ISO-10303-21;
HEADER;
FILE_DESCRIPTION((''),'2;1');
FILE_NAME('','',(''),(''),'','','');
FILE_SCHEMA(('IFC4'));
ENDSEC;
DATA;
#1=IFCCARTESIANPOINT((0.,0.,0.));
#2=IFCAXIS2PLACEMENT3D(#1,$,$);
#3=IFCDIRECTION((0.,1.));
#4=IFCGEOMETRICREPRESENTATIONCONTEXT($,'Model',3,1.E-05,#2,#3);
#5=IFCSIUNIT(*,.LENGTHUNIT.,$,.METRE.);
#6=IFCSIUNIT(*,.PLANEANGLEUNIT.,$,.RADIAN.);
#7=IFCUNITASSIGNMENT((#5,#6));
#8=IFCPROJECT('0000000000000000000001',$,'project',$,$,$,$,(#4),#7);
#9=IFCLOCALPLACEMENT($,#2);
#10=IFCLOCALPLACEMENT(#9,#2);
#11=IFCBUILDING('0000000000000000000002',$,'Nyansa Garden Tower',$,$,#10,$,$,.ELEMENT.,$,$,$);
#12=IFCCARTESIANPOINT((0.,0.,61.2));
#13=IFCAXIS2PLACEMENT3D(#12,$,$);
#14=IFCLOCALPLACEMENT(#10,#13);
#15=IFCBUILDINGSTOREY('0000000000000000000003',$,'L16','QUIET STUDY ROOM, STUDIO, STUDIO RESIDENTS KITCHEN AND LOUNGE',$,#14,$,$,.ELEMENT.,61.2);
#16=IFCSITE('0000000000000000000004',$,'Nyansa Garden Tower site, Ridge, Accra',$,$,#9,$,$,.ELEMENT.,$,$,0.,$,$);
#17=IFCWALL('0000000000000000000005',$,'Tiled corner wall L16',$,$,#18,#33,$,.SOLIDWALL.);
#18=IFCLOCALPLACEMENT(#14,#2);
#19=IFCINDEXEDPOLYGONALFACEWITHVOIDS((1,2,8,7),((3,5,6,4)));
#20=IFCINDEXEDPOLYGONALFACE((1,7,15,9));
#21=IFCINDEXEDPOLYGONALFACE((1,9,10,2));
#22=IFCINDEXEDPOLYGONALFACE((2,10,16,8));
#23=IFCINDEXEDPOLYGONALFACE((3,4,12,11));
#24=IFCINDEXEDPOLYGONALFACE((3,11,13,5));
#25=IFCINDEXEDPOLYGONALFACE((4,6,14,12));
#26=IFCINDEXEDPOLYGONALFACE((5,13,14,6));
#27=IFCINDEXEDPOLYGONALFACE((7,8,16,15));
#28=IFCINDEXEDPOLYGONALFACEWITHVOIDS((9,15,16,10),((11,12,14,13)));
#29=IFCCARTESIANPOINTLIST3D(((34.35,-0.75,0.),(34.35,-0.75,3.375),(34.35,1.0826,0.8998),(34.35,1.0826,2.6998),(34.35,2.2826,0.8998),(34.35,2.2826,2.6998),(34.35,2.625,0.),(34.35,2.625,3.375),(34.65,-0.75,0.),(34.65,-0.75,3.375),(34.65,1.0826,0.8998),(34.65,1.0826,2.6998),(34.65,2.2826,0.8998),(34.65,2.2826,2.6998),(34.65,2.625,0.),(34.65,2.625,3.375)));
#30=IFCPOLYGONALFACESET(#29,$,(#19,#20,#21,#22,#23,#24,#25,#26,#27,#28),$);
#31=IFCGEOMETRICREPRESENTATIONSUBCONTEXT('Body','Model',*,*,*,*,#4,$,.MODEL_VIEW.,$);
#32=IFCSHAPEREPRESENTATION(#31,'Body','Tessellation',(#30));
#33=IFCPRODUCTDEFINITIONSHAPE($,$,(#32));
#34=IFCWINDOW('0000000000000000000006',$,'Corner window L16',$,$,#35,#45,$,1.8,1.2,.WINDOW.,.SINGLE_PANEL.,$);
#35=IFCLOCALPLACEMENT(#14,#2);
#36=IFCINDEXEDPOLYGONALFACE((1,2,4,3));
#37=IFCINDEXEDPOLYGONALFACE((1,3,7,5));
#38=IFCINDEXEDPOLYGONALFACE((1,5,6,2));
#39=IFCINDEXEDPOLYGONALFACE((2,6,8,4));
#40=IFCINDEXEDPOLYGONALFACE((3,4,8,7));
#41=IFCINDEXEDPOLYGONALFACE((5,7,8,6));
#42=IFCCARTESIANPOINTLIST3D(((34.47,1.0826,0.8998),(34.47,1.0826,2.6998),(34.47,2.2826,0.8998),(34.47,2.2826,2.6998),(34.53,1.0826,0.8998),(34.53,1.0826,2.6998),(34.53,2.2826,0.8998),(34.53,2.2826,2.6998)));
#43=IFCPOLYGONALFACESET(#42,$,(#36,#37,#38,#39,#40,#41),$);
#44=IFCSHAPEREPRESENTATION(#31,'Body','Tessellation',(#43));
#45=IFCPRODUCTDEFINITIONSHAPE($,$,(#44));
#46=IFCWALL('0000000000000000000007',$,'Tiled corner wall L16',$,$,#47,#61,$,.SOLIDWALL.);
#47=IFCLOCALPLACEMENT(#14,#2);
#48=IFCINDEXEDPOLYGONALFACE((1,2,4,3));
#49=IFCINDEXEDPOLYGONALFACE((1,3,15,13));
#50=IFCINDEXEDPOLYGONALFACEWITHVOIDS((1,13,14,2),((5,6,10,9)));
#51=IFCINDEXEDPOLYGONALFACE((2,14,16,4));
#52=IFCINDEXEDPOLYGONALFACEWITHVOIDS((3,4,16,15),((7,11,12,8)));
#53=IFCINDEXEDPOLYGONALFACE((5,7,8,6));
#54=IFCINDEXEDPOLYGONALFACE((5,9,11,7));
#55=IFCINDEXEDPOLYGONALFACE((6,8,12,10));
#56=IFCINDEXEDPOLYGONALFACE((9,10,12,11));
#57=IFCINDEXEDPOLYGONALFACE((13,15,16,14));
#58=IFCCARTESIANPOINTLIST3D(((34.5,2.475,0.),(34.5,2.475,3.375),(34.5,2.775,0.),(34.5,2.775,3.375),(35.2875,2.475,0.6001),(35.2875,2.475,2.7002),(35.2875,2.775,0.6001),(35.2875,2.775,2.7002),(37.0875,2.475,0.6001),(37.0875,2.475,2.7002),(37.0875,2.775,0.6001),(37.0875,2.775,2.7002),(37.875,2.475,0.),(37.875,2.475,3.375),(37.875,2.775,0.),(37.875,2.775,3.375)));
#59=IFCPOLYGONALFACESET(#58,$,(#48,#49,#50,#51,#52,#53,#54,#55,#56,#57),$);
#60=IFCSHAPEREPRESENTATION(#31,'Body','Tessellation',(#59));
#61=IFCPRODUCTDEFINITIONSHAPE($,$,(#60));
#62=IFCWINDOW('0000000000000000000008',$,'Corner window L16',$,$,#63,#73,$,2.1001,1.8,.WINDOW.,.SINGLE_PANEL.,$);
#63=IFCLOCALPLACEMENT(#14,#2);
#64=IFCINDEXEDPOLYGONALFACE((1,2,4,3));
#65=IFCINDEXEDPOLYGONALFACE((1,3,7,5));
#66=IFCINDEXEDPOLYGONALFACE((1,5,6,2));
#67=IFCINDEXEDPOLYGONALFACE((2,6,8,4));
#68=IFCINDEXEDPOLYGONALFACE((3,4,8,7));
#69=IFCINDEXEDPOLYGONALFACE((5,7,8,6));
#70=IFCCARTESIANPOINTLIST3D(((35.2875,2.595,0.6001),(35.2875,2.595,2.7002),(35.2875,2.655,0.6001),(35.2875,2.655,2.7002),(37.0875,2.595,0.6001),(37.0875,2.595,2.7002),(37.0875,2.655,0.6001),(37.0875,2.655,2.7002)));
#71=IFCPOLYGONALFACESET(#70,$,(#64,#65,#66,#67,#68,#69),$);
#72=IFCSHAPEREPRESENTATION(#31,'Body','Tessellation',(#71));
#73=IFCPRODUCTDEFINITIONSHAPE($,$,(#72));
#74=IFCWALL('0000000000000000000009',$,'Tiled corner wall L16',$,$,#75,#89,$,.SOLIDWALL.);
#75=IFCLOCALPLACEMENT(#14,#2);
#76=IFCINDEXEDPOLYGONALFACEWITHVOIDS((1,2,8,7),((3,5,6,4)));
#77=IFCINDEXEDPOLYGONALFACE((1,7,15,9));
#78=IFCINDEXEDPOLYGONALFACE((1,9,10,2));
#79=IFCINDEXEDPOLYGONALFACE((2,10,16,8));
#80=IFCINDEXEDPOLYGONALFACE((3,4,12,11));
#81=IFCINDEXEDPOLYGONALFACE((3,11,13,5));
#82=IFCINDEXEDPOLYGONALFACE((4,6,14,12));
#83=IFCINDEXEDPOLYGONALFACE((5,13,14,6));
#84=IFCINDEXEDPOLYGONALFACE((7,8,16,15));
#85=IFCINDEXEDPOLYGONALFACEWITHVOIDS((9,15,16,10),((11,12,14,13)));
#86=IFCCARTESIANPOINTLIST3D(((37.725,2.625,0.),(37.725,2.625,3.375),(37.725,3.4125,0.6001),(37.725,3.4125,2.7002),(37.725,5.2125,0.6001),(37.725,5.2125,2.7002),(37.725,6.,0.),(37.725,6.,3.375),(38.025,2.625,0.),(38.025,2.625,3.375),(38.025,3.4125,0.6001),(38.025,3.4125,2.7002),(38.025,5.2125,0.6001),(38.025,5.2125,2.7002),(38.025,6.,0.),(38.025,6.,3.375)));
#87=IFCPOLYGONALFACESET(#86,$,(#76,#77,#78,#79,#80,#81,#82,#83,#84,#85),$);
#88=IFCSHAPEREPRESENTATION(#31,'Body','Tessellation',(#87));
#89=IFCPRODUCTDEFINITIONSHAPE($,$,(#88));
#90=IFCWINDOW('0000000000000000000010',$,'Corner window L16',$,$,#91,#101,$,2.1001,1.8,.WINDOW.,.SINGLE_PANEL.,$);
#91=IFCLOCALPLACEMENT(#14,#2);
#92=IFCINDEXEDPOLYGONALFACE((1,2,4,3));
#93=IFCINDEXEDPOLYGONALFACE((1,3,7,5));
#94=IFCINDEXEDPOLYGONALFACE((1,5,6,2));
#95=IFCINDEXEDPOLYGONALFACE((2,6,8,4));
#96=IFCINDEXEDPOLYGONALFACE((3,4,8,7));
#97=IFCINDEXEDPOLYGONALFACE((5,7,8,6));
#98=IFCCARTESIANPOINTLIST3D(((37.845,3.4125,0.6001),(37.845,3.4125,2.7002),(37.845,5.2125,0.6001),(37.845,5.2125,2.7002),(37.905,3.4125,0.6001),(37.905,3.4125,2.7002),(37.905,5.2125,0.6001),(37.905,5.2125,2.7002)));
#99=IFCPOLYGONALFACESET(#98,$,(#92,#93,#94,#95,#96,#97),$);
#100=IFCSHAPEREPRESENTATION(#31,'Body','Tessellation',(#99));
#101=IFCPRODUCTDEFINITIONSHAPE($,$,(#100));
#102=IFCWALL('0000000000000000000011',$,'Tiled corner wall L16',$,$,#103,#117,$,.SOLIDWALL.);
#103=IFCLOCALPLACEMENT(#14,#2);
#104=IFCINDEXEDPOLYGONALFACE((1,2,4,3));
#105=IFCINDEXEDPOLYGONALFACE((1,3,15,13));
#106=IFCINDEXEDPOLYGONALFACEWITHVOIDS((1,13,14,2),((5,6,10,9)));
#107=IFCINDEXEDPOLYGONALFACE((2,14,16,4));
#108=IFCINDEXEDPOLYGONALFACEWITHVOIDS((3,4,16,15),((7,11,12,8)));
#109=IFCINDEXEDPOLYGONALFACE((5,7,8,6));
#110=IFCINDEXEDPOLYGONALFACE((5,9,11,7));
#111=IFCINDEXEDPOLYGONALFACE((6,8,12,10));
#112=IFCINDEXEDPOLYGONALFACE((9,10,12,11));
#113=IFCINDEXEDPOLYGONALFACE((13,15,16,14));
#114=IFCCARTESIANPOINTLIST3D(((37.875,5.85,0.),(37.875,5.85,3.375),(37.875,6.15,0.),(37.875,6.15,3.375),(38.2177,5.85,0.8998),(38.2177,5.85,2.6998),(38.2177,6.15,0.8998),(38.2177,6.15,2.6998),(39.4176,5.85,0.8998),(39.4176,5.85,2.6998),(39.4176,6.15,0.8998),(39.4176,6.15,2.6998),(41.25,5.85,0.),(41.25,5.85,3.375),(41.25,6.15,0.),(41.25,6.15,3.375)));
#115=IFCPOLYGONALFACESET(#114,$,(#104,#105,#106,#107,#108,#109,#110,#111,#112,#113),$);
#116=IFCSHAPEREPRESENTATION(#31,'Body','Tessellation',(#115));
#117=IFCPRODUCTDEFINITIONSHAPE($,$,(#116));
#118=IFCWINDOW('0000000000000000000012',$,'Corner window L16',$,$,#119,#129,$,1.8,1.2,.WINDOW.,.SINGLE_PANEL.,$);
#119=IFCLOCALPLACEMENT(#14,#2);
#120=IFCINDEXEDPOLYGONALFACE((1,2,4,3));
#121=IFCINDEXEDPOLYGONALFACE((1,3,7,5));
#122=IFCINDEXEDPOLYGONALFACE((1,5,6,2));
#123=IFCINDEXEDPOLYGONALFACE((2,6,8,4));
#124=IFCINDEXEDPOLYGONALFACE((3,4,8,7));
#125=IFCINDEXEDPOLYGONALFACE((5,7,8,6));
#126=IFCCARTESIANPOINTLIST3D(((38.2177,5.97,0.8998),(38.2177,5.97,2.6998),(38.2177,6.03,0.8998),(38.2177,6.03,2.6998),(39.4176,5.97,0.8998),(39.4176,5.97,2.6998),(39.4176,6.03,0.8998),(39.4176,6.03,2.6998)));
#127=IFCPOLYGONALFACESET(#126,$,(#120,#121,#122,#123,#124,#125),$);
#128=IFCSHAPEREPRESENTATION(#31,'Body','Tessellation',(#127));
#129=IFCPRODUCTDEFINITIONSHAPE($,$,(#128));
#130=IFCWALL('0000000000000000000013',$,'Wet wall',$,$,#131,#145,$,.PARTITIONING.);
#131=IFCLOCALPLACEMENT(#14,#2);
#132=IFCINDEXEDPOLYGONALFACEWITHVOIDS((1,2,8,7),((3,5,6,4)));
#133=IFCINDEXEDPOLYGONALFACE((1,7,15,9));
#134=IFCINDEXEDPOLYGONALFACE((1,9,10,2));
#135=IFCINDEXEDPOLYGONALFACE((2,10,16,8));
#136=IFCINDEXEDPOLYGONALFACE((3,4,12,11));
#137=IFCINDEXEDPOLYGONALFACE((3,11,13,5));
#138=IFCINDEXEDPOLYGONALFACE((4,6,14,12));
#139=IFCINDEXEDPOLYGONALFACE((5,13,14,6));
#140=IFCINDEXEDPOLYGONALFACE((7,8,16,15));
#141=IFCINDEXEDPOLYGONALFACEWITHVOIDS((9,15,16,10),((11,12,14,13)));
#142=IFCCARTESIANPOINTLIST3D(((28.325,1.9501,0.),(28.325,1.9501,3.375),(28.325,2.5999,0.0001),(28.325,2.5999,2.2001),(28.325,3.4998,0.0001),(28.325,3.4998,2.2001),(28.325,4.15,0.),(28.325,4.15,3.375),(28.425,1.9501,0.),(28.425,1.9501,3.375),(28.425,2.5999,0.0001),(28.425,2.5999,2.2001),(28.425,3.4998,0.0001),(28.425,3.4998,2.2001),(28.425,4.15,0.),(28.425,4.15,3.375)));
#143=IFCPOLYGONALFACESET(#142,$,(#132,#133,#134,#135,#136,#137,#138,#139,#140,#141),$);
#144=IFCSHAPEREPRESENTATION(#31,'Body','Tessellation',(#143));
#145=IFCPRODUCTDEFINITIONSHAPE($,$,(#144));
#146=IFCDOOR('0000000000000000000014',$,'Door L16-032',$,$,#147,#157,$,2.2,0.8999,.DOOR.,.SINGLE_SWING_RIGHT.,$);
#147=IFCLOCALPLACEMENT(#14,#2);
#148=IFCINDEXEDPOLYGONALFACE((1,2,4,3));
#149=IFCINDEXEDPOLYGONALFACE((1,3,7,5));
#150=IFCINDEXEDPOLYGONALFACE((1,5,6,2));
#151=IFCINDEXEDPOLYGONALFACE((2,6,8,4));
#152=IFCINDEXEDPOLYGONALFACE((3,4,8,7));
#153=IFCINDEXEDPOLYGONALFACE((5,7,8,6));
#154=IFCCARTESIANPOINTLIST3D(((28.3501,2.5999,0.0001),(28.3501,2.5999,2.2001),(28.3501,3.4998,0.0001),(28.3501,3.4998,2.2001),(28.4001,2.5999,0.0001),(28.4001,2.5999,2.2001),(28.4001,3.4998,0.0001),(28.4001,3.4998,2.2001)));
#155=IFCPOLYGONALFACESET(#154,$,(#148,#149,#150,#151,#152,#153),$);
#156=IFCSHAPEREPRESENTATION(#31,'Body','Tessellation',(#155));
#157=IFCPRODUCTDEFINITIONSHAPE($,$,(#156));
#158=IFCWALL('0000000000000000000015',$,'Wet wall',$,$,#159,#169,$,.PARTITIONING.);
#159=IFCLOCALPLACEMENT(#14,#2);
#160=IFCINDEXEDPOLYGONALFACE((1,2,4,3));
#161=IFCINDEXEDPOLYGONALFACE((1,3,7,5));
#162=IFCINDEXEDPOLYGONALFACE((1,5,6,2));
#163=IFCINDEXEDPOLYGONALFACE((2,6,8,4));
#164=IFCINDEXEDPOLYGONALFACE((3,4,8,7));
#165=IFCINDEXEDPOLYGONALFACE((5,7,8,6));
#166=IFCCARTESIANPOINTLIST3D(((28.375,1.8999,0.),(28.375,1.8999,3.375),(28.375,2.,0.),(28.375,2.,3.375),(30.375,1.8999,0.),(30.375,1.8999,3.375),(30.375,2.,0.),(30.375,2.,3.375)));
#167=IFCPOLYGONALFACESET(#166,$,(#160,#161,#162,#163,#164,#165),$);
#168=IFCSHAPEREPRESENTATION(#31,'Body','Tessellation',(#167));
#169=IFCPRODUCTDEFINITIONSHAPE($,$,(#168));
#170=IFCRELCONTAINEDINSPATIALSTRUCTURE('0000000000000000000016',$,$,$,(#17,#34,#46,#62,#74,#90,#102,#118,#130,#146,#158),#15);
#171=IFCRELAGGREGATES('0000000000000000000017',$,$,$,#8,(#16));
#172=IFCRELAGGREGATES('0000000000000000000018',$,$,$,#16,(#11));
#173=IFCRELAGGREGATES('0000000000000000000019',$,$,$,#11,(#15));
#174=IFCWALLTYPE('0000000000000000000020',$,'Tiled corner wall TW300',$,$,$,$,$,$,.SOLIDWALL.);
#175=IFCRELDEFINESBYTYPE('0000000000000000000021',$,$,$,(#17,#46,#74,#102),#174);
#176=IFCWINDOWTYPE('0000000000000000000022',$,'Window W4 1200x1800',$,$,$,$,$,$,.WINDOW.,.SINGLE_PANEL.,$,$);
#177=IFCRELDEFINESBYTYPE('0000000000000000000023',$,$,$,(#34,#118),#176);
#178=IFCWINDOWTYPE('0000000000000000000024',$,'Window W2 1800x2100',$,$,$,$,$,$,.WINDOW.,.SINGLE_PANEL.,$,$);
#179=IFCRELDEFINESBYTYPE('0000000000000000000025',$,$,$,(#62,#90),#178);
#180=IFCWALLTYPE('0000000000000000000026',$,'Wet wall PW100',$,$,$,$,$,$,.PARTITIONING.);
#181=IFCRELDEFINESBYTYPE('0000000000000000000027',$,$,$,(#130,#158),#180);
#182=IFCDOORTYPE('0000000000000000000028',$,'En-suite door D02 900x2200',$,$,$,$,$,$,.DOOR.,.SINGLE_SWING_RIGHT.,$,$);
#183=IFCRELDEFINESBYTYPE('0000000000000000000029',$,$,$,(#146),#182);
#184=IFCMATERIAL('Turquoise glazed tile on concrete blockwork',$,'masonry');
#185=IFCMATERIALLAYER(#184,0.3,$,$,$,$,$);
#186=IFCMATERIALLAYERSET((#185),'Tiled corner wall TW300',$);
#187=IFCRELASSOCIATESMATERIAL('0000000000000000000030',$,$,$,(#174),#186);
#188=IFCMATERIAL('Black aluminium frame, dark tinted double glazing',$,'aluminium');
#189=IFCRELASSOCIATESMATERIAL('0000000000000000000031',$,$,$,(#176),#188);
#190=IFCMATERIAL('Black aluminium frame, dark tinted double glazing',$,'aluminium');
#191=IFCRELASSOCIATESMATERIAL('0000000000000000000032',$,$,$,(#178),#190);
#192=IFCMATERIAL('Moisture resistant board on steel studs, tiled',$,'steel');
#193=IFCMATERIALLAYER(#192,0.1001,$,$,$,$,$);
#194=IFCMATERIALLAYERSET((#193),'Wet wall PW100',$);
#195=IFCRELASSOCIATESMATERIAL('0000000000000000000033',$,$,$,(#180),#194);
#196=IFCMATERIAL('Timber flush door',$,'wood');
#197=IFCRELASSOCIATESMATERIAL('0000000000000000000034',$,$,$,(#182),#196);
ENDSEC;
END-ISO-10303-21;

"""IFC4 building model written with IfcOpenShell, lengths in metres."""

from ifc_helpers import new_model, si_unit, direction, frame, frame_2d, origin, place, context, subcontext, project, spatial, rectangle, extrude, material, layer, layer_set, type_object, element, fill, save


model = new_model("IFC4")

# Units and contexts
model_context = context("Model", 3, precision=1e-05, world=origin(), true_north=direction((0.0, 1.0)))
body_context = subcontext(model_context, "Body", "Model", "MODEL_VIEW")
ifc_project = project(units=[si_unit("LENGTHUNIT", "METRE"), si_unit("PLANEANGLEUNIT", "RADIAN")], contexts=[model_context])

# Site, building, storey
site_placement = place(None, origin())
site = spatial("IfcSite", under=ifc_project, at=site_placement, Name="Nyansa Garden Tower site, Ridge, Accra", CompositionType="ELEMENT", RefElevation=0.0)
building_placement = place(site_placement, origin())
building = spatial("IfcBuilding", under=site, at=building_placement, Name="Nyansa Garden Tower", CompositionType="ELEMENT")
storey_placement = place(building_placement, frame((0.0, 0.0, 61.2)))
storey = spatial("IfcBuildingStorey", under=building, at=storey_placement, Name="L16", Description="QUIET STUDY ROOM, STUDIO, STUDIO RESIDENTS KITCHEN AND LOUNGE", CompositionType="ELEMENT", Elevation=61.2)

# Walls, openings, windows
ifc_material_1 = material(Name="Turquoise glazed tile on concrete blockwork", Category="masonry")
ifc_layer_1 = layer(ifc_material_1, 0.3)
ifc_layer_set_1 = layer_set([ifc_layer_1], Name="Tiled corner wall TW300")
wall_type_1 = type_object("IfcWallType", Name="Tiled corner wall TW300", PredefinedType="SOLIDWALL", material=ifc_layer_set_1)
wall_1_placement = place(storey_placement, frame((34.5, -0.75, 0.0), z_axis=(0.0, 0.0, 1.0), x_axis=(0.0, 1.0, 0.0)))
wall_1 = element("IfcWall", 1, at=wall_1_placement, inside=storey, type_object=wall_type_1, Name="Tiled corner wall L16", PredefinedType="SOLIDWALL", context=body_context, shape_type="SweptSolid", body=[
    extrude(rectangle(XDim=3.375, YDim=0.3, at=frame_2d((1.6875, 0.0))), origin(), (0.0, 0.0, 1.0), 3.375),
])
opening_1_placement = place(wall_1_placement, frame((1.8325, 0.0, 0.8999)))
opening_1 = element("IfcOpeningElement", 2, at=opening_1_placement, cuts=wall_1, PredefinedType="OPENING", context=body_context, shape_type="SweptSolid", body=[
    extrude(rectangle(XDim=1.2, YDim=1.8, at=frame_2d((0.6001, 0.8999))), frame((0.0, 0.1599, 0.0), z_axis=(0.0, -1.0, 0.0), x_axis=(1.0, 0.0, 0.0)), (0.0, 0.0, 1.0), 0.3201),
])
ifc_material_2 = material(Name="Black aluminium frame, dark tinted double glazing", Category="aluminium")
window_type_1 = type_object("IfcWindowType", Name="Window W4 1200x1800", PartitioningType="SINGLE_PANEL", PredefinedType="WINDOW", material=ifc_material_2)
window_1_placement = place(opening_1_placement, origin())
window_1 = element("IfcWindow", 3, at=window_1_placement, inside=storey, type_object=window_type_1, Name="Corner window L16", OverallHeight=1.8, OverallWidth=1.2, PartitioningType="SINGLE_PANEL", PredefinedType="WINDOW", context=body_context, shape_type="SweptSolid", body=[
    extrude(rectangle(XDim=1.2, YDim=1.8, at=frame_2d((0.6001, 0.8999))), frame((0.0, 0.03, 0.0), z_axis=(0.0, -1.0, 0.0), x_axis=(1.0, 0.0, 0.0)), (0.0, 0.0, 1.0), 0.0601),
])
fill(opening_1, window_1)
wall_2_placement = place(storey_placement, frame((34.5, 2.625, 0.0), z_axis=(0.0, 0.0, 1.0), x_axis=(1.0, 0.0, 0.0)))
wall_2 = element("IfcWall", 4, at=wall_2_placement, inside=storey, type_object=wall_type_1, Name="Tiled corner wall L16", PredefinedType="SOLIDWALL", context=body_context, shape_type="SweptSolid", body=[
    extrude(rectangle(XDim=3.375, YDim=0.3, at=frame_2d((1.6875, 0.0))), origin(), (0.0, 0.0, 1.0), 3.375),
])
opening_2_placement = place(wall_2_placement, frame((0.7876, 0.0, 0.6001)))
opening_2 = element("IfcOpeningElement", 5, at=opening_2_placement, cuts=wall_2, PredefinedType="OPENING", context=body_context, shape_type="SweptSolid", body=[
    extrude(rectangle(XDim=1.8, YDim=2.1001, at=frame_2d((0.8999, 1.05))), frame((0.0, 0.1599, 0.0), z_axis=(0.0, -1.0, 0.0), x_axis=(1.0, 0.0, 0.0)), (0.0, 0.0, 1.0), 0.3201),
])
ifc_material_3 = material(Name="Black aluminium frame, dark tinted double glazing", Category="aluminium")
window_type_2 = type_object("IfcWindowType", Name="Window W2 1800x2100", PartitioningType="SINGLE_PANEL", PredefinedType="WINDOW", material=ifc_material_3)
window_2_placement = place(opening_2_placement, origin())
window_2 = element("IfcWindow", 6, at=window_2_placement, inside=storey, type_object=window_type_2, Name="Corner window L16", OverallHeight=2.1001, OverallWidth=1.8, PartitioningType="SINGLE_PANEL", PredefinedType="WINDOW", context=body_context, shape_type="SweptSolid", body=[
    extrude(rectangle(XDim=1.8, YDim=2.1001, at=frame_2d((0.8999, 1.05))), frame((0.0, 0.03, 0.0), z_axis=(0.0, -1.0, 0.0), x_axis=(1.0, 0.0, 0.0)), (0.0, 0.0, 1.0), 0.0601),
])
fill(opening_2, window_2)
wall_3_placement = place(storey_placement, frame((37.875, 2.625, 0.0), z_axis=(0.0, 0.0, 1.0), x_axis=(0.0, 1.0, 0.0)))
wall_3 = element("IfcWall", 7, at=wall_3_placement, inside=storey, type_object=wall_type_1, Name="Tiled corner wall L16", PredefinedType="SOLIDWALL", context=body_context, shape_type="SweptSolid", body=[
    extrude(rectangle(XDim=3.375, YDim=0.3, at=frame_2d((1.6875, 0.0))), origin(), (0.0, 0.0, 1.0), 3.375),
])
opening_3_placement = place(wall_3_placement, frame((0.7876, 0.0, 0.6001)))
opening_3 = element("IfcOpeningElement", 8, at=opening_3_placement, cuts=wall_3, PredefinedType="OPENING", context=body_context, shape_type="SweptSolid", body=[
    extrude(rectangle(XDim=1.8, YDim=2.1001, at=frame_2d((0.8999, 1.05))), frame((0.0, 0.1599, 0.0), z_axis=(0.0, -1.0, 0.0), x_axis=(1.0, 0.0, 0.0)), (0.0, 0.0, 1.0), 0.3201),
])
window_3_placement = place(opening_3_placement, origin())
window_3 = element("IfcWindow", 9, at=window_3_placement, inside=storey, type_object=window_type_2, Name="Corner window L16", OverallHeight=2.1001, OverallWidth=1.8, PartitioningType="SINGLE_PANEL", PredefinedType="WINDOW", context=body_context, shape_type="SweptSolid", body=[
    extrude(rectangle(XDim=1.8, YDim=2.1001, at=frame_2d((0.8999, 1.05))), frame((0.0, 0.03, 0.0), z_axis=(0.0, -1.0, 0.0), x_axis=(1.0, 0.0, 0.0)), (0.0, 0.0, 1.0), 0.0601),
])
fill(opening_3, window_3)
wall_4_placement = place(storey_placement, frame((37.875, 6.0, 0.0), z_axis=(0.0, 0.0, 1.0), x_axis=(1.0, 0.0, 0.0)))
wall_4 = element("IfcWall", 10, at=wall_4_placement, inside=storey, type_object=wall_type_1, Name="Tiled corner wall L16", PredefinedType="SOLIDWALL", context=body_context, shape_type="SweptSolid", body=[
    extrude(rectangle(XDim=3.375, YDim=0.3, at=frame_2d((1.6875, 0.0))), origin(), (0.0, 0.0, 1.0), 3.375),
])
opening_4_placement = place(wall_4_placement, frame((0.3425, 0.0, 0.8999)))
opening_4 = element("IfcOpeningElement", 11, at=opening_4_placement, cuts=wall_4, PredefinedType="OPENING", context=body_context, shape_type="SweptSolid", body=[
    extrude(rectangle(XDim=1.2, YDim=1.8, at=frame_2d((0.6001, 0.8999))), frame((0.0, 0.1599, 0.0), z_axis=(0.0, -1.0, 0.0), x_axis=(1.0, 0.0, 0.0)), (0.0, 0.0, 1.0), 0.3201),
])
window_4_placement = place(opening_4_placement, origin())
window_4 = element("IfcWindow", 12, at=window_4_placement, inside=storey, type_object=window_type_1, Name="Corner window L16", OverallHeight=1.8, OverallWidth=1.2, PartitioningType="SINGLE_PANEL", PredefinedType="WINDOW", context=body_context, shape_type="SweptSolid", body=[
    extrude(rectangle(XDim=1.2, YDim=1.8, at=frame_2d((0.6001, 0.8999))), frame((0.0, 0.03, 0.0), z_axis=(0.0, -1.0, 0.0), x_axis=(1.0, 0.0, 0.0)), (0.0, 0.0, 1.0), 0.0601),
])
fill(opening_4, window_4)

# Wall, opening, door
ifc_material_4 = material(Name="Moisture resistant board on steel studs, tiled", Category="steel")
ifc_layer_2 = layer(ifc_material_4, 0.1001)
ifc_layer_set_2 = layer_set([ifc_layer_2], Name="Wet wall PW100")
wall_type_2 = type_object("IfcWallType", Name="Wet wall PW100", PredefinedType="PARTITIONING", material=ifc_layer_set_2)
wall_5_placement = place(storey_placement, frame((28.375, 1.95, 0.0), z_axis=(0.0, 0.0, 1.0), x_axis=(0.0, 1.0, 0.0)))
wall_5 = element("IfcWall", 13, at=wall_5_placement, inside=storey, type_object=wall_type_2, Name="Wet wall", PredefinedType="PARTITIONING", context=body_context, shape_type="SweptSolid", body=[
    extrude(rectangle(XDim=2.2, YDim=0.1001, at=frame_2d((1.1001, 0.0))), origin(), (0.0, 0.0, 1.0), 3.375),
])
opening_5_placement = place(wall_5_placement, frame((0.6499, 0.0, 0.0)))
opening_5 = element("IfcOpeningElement", 14, at=opening_5_placement, cuts=wall_5, PredefinedType="OPENING", context=body_context, shape_type="SweptSolid", body=[
    extrude(rectangle(XDim=0.8999, YDim=2.2, at=frame_2d((0.45, 1.1001))), frame((0.0, 0.0601, 0.0), z_axis=(0.0, -1.0, 0.0), x_axis=(1.0, 0.0, 0.0)), (0.0, 0.0, 1.0), 0.1201),
])
ifc_material_5 = material(Name="Timber flush door", Category="wood")
door_type_1 = type_object("IfcDoorType", Name="En-suite door D02 900x2200", OperationType="SINGLE_SWING_RIGHT", PredefinedType="DOOR", material=ifc_material_5)
door_1_placement = place(opening_5_placement, origin())
door_1 = element("IfcDoor", 15, at=door_1_placement, inside=storey, type_object=door_type_1, Name="Door L16-032", OperationType="SINGLE_SWING_RIGHT", OverallHeight=2.2, OverallWidth=0.8999, PredefinedType="DOOR", context=body_context, shape_type="SweptSolid", body=[
    extrude(rectangle(XDim=0.8999, YDim=2.2, at=frame_2d((0.45, 1.1001))), frame((0.0, 0.0249, 0.0), z_axis=(0.0, -1.0, 0.0), x_axis=(1.0, 0.0, 0.0)), (0.0, 0.0, 1.0), 0.05),
])
fill(opening_5, door_1)

# Wall
wall_6_placement = place(storey_placement, frame((28.375, 1.95, 0.0), z_axis=(0.0, 0.0, 1.0), x_axis=(1.0, 0.0, 0.0)))
element("IfcWall", 16, at=wall_6_placement, inside=storey, type_object=wall_type_2, Name="Wet wall", PredefinedType="PARTITIONING", context=body_context, shape_type="SweptSolid", body=[
    extrude(rectangle(XDim=2.0, YDim=0.1001, at=frame_2d((1.0, 0.0))), origin(), (0.0, 0.0, 1.0), 3.375),
])

save(model, "model.ifc")
